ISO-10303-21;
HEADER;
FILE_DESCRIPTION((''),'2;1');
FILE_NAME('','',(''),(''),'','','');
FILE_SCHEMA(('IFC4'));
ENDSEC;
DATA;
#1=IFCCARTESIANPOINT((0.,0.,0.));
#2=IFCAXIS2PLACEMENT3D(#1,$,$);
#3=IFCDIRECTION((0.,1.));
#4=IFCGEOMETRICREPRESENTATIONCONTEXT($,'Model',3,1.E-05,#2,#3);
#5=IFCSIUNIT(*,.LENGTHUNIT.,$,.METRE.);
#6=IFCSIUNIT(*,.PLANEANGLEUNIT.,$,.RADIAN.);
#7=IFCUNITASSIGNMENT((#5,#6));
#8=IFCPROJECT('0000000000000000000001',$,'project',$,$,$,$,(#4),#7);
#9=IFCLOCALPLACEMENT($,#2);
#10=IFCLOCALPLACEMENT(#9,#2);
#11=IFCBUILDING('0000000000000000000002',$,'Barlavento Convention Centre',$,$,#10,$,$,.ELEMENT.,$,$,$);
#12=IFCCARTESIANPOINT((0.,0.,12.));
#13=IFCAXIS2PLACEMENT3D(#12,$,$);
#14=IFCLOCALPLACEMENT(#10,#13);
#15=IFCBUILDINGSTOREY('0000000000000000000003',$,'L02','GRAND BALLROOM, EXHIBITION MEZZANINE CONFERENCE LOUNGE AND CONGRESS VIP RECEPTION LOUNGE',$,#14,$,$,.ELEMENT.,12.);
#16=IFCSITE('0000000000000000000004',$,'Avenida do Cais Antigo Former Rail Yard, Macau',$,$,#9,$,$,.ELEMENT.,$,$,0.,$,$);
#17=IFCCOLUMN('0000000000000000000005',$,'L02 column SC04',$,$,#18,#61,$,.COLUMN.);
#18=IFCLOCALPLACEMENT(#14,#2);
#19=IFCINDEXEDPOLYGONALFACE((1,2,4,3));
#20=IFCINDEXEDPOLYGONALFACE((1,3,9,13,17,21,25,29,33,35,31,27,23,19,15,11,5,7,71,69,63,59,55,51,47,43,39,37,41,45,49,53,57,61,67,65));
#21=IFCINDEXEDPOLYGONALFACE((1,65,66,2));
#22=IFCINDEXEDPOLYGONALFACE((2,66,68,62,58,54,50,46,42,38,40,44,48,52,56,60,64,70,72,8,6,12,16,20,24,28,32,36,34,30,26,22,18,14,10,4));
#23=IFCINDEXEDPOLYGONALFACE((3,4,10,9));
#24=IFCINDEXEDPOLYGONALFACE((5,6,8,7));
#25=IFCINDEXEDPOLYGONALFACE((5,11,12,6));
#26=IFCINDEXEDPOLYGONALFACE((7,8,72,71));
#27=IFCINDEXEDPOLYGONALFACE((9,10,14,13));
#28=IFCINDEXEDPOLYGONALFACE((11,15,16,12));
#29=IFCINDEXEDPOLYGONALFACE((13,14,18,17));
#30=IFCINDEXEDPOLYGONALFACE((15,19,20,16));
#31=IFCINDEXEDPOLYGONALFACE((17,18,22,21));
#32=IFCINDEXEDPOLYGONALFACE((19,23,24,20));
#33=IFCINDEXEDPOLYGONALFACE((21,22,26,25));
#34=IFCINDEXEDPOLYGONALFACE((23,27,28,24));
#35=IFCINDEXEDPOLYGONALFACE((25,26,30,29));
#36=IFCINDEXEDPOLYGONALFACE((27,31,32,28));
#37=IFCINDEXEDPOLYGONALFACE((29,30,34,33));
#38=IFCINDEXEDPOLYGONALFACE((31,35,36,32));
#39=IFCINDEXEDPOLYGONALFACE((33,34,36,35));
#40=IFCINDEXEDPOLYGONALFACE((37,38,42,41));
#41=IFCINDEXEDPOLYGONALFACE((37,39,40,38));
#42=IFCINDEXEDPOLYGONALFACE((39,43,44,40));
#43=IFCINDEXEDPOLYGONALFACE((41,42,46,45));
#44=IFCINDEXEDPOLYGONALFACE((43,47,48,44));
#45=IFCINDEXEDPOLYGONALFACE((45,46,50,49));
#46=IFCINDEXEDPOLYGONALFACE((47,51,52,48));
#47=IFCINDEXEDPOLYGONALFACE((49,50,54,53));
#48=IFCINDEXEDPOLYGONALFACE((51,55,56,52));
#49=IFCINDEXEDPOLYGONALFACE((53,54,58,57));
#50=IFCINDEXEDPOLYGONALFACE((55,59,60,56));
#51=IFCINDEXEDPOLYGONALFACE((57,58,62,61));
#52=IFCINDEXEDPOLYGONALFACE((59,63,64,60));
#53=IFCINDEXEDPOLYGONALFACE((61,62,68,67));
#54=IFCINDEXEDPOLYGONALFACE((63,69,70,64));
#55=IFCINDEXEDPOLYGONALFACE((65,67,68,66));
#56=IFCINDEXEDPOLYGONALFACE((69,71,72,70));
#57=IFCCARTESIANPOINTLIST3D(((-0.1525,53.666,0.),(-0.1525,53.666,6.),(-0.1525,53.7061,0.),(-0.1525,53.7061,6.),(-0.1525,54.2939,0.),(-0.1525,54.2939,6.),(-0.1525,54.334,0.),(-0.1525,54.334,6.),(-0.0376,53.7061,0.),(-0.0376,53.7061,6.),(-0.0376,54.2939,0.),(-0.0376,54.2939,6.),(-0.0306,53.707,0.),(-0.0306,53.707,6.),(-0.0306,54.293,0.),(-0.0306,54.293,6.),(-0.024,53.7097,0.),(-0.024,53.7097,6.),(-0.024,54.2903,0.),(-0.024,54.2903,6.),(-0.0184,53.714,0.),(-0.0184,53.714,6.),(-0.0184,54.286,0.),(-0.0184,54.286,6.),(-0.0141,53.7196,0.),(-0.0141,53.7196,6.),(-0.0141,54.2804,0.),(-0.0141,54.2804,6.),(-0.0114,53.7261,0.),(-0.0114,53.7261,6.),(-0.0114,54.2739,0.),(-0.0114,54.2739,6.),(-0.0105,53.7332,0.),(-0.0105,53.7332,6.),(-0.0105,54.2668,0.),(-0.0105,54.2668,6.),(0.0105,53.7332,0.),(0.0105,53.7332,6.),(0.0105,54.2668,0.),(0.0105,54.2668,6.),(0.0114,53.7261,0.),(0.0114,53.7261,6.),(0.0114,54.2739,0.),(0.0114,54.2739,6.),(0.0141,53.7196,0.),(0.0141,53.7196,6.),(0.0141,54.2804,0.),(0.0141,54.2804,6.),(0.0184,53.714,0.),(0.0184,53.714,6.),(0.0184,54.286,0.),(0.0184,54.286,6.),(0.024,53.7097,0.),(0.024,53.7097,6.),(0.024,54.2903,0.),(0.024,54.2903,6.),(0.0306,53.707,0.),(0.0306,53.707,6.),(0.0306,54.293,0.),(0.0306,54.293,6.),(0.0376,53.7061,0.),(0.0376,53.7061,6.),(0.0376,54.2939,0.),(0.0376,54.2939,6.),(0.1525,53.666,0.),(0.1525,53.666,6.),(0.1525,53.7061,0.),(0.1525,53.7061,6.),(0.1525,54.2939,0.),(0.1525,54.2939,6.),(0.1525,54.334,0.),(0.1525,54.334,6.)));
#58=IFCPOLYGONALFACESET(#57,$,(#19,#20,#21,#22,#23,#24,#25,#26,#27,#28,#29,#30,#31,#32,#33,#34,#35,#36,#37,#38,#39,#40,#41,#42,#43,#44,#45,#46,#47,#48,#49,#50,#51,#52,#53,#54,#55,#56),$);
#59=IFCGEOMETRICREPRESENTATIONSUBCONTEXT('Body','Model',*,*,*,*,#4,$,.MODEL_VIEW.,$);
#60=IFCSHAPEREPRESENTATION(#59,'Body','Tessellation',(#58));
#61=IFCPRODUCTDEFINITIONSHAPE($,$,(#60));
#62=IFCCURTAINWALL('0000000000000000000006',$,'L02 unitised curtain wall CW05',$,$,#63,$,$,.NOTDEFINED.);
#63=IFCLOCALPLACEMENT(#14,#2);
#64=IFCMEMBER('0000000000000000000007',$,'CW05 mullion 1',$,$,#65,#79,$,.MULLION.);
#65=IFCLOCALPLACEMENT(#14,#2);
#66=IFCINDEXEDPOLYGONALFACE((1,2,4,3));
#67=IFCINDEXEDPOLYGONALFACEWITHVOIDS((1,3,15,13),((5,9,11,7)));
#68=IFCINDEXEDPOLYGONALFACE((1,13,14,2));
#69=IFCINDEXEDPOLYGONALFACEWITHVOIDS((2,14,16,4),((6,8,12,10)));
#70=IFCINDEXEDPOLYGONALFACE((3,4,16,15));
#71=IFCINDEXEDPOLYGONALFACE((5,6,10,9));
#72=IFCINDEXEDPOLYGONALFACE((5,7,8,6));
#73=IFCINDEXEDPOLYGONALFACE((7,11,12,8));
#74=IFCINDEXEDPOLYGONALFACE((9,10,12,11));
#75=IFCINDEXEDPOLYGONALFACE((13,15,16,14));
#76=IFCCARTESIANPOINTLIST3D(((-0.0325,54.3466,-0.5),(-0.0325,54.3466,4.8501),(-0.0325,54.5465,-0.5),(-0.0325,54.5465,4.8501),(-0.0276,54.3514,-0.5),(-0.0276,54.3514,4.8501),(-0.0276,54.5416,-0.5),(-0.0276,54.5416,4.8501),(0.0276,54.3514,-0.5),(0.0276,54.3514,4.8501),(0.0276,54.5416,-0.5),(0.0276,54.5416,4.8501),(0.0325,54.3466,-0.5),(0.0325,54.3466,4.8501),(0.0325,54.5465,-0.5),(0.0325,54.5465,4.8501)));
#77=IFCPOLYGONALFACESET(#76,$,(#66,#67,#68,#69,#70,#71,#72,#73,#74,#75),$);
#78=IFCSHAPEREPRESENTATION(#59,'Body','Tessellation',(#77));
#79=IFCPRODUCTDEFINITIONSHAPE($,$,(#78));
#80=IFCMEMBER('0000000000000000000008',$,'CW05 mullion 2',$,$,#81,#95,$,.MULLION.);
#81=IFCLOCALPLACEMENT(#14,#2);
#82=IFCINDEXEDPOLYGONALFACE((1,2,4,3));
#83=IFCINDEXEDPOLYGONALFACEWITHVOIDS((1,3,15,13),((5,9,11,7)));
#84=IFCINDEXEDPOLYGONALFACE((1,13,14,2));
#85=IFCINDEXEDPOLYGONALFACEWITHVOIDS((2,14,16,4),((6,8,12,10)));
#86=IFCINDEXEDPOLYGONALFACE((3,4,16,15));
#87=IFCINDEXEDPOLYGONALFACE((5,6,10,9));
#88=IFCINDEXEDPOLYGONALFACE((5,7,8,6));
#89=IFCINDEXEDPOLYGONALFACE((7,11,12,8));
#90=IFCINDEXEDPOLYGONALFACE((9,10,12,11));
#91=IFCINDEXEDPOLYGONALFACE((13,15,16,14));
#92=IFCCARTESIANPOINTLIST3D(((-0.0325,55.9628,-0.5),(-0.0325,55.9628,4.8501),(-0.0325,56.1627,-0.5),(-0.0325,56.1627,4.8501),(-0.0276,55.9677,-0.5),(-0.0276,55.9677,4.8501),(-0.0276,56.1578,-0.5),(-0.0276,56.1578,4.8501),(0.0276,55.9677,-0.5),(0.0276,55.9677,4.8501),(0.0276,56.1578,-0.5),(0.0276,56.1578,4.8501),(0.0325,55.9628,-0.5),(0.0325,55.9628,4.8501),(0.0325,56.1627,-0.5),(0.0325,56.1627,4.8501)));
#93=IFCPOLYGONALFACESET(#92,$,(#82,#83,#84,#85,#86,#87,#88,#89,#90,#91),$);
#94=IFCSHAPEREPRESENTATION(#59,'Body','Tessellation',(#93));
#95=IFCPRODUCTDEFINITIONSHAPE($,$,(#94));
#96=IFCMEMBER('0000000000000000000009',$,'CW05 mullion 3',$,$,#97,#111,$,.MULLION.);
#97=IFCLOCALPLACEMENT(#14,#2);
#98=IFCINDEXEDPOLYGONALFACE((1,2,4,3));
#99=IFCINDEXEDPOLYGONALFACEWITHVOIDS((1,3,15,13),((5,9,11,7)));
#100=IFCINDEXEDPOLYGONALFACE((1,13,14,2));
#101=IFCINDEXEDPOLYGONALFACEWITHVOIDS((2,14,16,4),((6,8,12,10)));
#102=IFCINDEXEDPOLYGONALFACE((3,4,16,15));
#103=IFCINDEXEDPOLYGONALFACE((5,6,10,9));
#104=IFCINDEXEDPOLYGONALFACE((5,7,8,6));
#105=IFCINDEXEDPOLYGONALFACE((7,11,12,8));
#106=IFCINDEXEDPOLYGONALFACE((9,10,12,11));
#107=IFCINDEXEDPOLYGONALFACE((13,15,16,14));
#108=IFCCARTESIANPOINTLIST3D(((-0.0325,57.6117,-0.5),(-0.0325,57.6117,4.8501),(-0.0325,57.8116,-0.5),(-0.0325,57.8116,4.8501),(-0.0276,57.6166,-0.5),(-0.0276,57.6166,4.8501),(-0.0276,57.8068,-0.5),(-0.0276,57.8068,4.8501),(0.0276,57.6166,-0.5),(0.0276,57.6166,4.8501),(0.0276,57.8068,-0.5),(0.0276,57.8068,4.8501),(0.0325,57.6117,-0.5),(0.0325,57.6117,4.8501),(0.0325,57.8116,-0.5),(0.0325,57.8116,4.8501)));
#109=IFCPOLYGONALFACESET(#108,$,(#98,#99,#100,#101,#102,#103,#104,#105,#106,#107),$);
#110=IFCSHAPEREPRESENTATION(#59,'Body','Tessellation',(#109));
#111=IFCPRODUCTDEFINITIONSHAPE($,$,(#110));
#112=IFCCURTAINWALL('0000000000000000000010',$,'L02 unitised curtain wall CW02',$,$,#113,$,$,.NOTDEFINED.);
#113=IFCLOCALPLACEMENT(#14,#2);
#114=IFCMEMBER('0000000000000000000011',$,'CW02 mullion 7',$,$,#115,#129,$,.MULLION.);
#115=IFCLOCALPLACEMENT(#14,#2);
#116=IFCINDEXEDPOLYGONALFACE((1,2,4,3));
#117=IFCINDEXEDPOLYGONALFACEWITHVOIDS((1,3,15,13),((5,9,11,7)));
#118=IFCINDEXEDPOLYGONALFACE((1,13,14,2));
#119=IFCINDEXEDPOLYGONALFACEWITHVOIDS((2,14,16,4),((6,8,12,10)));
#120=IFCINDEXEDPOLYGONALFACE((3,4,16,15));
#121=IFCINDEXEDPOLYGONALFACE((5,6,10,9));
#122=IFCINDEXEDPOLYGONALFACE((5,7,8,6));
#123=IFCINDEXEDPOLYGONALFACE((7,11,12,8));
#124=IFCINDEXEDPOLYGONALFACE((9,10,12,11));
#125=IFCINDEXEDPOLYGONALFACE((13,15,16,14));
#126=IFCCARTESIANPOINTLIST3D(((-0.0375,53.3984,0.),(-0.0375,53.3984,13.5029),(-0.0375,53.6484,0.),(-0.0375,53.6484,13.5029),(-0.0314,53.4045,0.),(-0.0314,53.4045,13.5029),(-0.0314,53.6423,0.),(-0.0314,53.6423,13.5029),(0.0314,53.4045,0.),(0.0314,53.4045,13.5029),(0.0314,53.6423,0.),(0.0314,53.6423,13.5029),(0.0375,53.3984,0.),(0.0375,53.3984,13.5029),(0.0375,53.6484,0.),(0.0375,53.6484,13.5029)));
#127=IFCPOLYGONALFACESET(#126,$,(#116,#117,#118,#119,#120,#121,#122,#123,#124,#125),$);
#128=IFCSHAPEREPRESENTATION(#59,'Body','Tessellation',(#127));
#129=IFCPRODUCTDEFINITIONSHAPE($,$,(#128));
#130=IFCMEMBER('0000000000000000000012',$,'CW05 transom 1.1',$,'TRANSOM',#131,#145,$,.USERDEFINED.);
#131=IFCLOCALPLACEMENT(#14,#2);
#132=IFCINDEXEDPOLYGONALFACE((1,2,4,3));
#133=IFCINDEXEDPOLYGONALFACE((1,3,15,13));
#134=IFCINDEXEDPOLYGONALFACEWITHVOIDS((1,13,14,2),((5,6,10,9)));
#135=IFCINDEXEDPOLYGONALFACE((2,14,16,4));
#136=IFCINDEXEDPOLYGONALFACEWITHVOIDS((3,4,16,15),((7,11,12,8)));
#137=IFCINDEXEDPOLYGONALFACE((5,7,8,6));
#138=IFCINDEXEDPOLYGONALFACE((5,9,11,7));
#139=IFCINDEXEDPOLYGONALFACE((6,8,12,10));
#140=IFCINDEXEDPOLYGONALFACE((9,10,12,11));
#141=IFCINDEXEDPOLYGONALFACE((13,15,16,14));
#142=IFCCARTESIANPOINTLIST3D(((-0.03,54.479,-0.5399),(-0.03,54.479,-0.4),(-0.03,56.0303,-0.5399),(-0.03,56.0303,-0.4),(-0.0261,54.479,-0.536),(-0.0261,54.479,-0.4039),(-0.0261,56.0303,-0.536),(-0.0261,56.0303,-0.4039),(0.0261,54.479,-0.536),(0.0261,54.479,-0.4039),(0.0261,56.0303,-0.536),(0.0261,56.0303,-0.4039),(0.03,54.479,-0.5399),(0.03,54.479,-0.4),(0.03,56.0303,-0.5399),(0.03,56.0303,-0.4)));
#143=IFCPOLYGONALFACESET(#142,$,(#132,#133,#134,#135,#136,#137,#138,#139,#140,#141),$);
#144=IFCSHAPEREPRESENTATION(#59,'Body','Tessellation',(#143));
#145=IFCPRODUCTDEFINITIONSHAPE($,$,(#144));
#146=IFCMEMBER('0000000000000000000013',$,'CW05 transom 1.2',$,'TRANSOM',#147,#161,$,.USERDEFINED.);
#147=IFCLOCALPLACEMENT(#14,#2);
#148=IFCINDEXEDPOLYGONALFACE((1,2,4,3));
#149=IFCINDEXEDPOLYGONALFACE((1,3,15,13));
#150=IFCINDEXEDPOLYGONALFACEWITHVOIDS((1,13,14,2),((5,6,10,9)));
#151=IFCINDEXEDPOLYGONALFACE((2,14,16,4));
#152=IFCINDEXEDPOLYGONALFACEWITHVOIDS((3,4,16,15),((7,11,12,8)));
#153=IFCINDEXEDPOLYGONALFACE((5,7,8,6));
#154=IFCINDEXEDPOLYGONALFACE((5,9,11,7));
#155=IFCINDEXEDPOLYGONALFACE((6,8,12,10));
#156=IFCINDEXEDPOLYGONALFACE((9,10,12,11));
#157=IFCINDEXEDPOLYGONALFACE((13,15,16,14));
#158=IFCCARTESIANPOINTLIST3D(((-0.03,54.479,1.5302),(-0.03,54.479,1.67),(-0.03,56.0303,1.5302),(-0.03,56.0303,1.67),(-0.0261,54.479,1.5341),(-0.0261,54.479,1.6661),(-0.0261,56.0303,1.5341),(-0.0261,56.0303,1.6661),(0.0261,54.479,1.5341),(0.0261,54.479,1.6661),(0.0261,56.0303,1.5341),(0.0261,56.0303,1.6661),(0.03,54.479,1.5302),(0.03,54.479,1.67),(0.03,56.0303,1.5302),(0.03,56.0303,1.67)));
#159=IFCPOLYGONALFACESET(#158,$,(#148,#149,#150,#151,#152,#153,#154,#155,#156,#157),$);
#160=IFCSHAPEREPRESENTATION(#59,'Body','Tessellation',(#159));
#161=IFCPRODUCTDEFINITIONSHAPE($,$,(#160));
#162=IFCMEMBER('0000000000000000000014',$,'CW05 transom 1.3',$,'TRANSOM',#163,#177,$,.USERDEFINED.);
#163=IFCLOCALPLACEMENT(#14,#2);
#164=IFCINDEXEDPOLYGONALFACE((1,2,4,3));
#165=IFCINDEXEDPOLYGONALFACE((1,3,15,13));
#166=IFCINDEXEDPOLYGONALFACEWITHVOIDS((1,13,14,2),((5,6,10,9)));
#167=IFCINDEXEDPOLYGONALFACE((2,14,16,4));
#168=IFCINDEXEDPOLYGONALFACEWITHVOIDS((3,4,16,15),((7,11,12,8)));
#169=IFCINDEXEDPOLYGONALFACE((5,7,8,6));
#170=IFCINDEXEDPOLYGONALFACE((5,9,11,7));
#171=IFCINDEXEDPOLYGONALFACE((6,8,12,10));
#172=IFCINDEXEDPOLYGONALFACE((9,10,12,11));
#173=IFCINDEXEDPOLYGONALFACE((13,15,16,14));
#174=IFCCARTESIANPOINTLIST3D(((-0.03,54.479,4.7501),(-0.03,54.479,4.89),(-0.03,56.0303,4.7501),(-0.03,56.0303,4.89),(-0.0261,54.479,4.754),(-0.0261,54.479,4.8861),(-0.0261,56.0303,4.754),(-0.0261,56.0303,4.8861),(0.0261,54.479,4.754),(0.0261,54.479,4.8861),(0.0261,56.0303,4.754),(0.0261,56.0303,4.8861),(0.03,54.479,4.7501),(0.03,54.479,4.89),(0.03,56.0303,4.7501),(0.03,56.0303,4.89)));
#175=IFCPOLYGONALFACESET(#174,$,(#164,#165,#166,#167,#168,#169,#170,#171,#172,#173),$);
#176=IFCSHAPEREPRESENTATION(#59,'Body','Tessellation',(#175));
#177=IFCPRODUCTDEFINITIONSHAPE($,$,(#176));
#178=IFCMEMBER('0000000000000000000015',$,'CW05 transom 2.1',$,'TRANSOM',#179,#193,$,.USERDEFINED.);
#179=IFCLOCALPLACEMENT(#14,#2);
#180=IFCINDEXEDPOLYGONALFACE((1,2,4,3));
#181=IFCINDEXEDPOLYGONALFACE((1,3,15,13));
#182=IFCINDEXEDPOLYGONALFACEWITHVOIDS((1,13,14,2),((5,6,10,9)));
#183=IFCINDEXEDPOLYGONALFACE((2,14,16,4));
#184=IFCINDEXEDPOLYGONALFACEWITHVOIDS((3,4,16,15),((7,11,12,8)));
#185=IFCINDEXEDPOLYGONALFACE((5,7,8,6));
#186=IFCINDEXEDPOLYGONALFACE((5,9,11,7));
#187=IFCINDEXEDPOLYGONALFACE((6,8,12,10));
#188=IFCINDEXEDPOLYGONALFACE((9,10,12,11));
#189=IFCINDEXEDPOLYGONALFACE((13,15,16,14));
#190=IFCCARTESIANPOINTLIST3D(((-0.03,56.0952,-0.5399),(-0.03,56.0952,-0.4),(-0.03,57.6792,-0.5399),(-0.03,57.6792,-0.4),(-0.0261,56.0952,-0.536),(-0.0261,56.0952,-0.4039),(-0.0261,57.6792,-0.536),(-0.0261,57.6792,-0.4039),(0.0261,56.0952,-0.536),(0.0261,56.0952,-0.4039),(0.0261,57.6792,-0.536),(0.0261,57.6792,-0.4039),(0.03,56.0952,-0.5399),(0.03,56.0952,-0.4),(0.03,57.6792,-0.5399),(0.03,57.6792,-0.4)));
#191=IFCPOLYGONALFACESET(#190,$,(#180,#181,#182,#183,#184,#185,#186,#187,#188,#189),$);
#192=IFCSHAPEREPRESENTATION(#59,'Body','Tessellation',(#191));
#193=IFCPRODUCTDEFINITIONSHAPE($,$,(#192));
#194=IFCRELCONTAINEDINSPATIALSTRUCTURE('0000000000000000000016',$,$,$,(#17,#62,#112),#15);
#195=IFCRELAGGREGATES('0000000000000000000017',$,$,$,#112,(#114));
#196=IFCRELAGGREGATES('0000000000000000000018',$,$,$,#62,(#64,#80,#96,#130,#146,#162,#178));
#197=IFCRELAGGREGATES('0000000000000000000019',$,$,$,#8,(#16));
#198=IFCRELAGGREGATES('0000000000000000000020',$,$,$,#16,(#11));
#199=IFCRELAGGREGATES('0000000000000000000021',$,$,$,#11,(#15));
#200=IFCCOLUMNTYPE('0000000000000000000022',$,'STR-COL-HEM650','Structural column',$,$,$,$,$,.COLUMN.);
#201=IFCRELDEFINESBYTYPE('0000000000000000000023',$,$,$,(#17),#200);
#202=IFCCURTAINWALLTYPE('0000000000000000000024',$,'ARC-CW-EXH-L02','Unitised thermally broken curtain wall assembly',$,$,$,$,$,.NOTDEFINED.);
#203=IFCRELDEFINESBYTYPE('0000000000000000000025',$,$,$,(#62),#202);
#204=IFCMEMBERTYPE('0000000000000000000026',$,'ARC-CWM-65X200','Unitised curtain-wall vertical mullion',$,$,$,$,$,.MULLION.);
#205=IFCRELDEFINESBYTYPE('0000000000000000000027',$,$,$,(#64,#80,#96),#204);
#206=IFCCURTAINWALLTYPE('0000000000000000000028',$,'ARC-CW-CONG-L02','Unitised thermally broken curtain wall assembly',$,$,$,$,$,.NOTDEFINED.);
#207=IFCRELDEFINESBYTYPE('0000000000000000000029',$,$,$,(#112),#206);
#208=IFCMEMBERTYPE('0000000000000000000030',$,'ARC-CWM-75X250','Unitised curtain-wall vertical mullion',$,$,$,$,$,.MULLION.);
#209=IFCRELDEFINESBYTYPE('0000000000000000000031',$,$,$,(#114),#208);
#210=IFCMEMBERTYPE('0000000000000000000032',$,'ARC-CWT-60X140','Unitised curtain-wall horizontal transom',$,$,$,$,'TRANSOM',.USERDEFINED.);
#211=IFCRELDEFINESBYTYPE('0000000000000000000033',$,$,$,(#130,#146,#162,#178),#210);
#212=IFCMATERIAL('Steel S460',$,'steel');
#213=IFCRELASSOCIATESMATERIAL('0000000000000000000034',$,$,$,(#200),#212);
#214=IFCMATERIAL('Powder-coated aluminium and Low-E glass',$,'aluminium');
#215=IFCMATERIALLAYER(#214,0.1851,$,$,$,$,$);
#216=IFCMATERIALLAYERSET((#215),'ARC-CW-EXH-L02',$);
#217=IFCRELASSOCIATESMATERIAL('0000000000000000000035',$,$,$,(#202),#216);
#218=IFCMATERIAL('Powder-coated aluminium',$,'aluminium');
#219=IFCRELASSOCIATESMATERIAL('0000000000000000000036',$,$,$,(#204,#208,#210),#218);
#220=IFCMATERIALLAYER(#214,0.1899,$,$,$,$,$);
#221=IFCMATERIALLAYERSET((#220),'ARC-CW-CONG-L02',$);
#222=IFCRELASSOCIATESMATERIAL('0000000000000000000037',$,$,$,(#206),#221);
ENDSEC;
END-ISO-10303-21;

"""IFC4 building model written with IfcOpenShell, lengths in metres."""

from ifc_helpers import new_model, si_unit, direction, frame, origin, origin_2d, place, context, subcontext, project, spatial, hollow_rectangle, i_section, extrude, material, layer, layer_set, material_profile, profile_set, type_object, element, aggregate, save


model = new_model("IFC4")

# Units and contexts
model_context = context("Model", 3, precision=1e-05, world=origin(), true_north=direction((0.0, 1.0)))
body_context = subcontext(model_context, "Body", "Model", "MODEL_VIEW")
ifc_project = project(units=[si_unit("LENGTHUNIT", "METRE"), si_unit("PLANEANGLEUNIT", "RADIAN")], contexts=[model_context])

# Site, building, storey
site_placement = place(None, origin())
site = spatial("IfcSite", under=ifc_project, at=site_placement, Name="Avenida do Cais Antigo Former Rail Yard, Macau", CompositionType="ELEMENT", RefElevation=0.0)
building_placement = place(site_placement, origin())
building = spatial("IfcBuilding", under=site, at=building_placement, Name="Barlavento Convention Centre", CompositionType="ELEMENT")
storey_placement = place(building_placement, frame((0.0, 0.0, 12.0)))
storey = spatial("IfcBuildingStorey", under=building, at=storey_placement, Name="L02", Description="GRAND BALLROOM, EXHIBITION MEZZANINE CONFERENCE LOUNGE AND CONGRESS VIP RECEPTION LOUNGE", CompositionType="ELEMENT", Elevation=12.0)

# Column
ifc_material_1 = material(Name="Steel S460", Category="steel")
ifc_material_profile_1 = material_profile(ifc_material_1, i_section(OverallWidth=0.3049, OverallDepth=0.668, WebThickness=0.021, FlangeThickness=0.04, FilletRadius=0.0271, at=origin_2d()), Name="HEM 650")
ifc_profile_set_1 = profile_set([ifc_material_profile_1], Name="Steel S460")
column_type = type_object("IfcColumnType", Name="STR-COL-HEM650", Description="Structural column", PredefinedType="COLUMN", material=ifc_profile_set_1)
column_placement = place(storey_placement, frame((0.0, 54.0, 0.0), z_axis=(0.0, 0.0, 1.0), x_axis=(1.0, 0.0, 0.0)))
element("IfcColumn", 1, at=column_placement, inside=storey, type_object=column_type, Name="L02 column SC04", PredefinedType="COLUMN", context=body_context, shape_type="SweptSolid", body=[
    extrude(i_section(OverallWidth=0.3049, OverallDepth=0.668, WebThickness=0.021, FlangeThickness=0.04, FilletRadius=0.0271, at=origin_2d()), origin(), (0.0, 0.0, 1.0), 6.0),
])

# Curtain wall, members
ifc_material_2 = material(Name="Powder-coated aluminium and Low-E glass", Category="aluminium")
ifc_layer_1 = layer(ifc_material_2, 0.1851)
ifc_layer_set_1 = layer_set([ifc_layer_1], Name="ARC-CW-EXH-L02")
curtain_wall_type_1 = type_object("IfcCurtainWallType", Name="ARC-CW-EXH-L02", Description="Unitised thermally broken curtain wall assembly", PredefinedType="NOTDEFINED", material=ifc_layer_set_1)
curtain_wall_1_placement = place(storey_placement, origin())
curtain_wall_1 = element("IfcCurtainWall", 2, at=curtain_wall_1_placement, inside=storey, type_object=curtain_wall_type_1, Name="L02 unitised curtain wall CW05", PredefinedType="NOTDEFINED")
ifc_material_3 = material(Name="Powder-coated aluminium", Category="aluminium")
ifc_material_profile_2 = material_profile(ifc_material_3, hollow_rectangle(XDim=0.0649, YDim=0.2, WallThickness=0.0049, at=origin_2d()), Name="AL-MULL 65x200x5")
ifc_profile_set_2 = profile_set([ifc_material_profile_2], Name="Powder-coated aluminium")
member_type_1 = type_object("IfcMemberType", Name="ARC-CWM-65X200", Description="Unitised curtain-wall vertical mullion", PredefinedType="MULLION", material=ifc_profile_set_2)
member_1_placement = place(storey_placement, frame((0.0, 54.4465, -0.5), z_axis=(0.0, 0.0, 1.0), x_axis=(-1.0, 0.0, 0.0)))
member_1 = element("IfcMember", 3, at=member_1_placement, type_object=member_type_1, Name="CW05 mullion 1", PredefinedType="MULLION", context=body_context, shape_type="SweptSolid", body=[
    extrude(hollow_rectangle(XDim=0.0649, YDim=0.2, WallThickness=0.0049, at=origin_2d()), origin(), (0.0, 0.0, 1.0), 5.3501),
])
member_2_placement = place(storey_placement, frame((0.0, 56.0627, -0.5), z_axis=(0.0, 0.0, 1.0), x_axis=(-1.0, 0.0, 0.0)))
member_2 = element("IfcMember", 4, at=member_2_placement, type_object=member_type_1, Name="CW05 mullion 2", PredefinedType="MULLION", context=body_context, shape_type="SweptSolid", body=[
    extrude(hollow_rectangle(XDim=0.0649, YDim=0.2, WallThickness=0.0049, at=origin_2d()), origin(), (0.0, 0.0, 1.0), 5.3501),
])
member_3_placement = place(storey_placement, frame((0.0, 57.7117, -0.5), z_axis=(0.0, 0.0, 1.0), x_axis=(-1.0, 0.0, 0.0)))
member_3 = element("IfcMember", 5, at=member_3_placement, type_object=member_type_1, Name="CW05 mullion 3", PredefinedType="MULLION", context=body_context, shape_type="SweptSolid", body=[
    extrude(hollow_rectangle(XDim=0.0649, YDim=0.2, WallThickness=0.0049, at=origin_2d()), origin(), (0.0, 0.0, 1.0), 5.3501),
])

# Curtain wall, member
ifc_layer_2 = layer(ifc_material_2, 0.1899)
ifc_layer_set_2 = layer_set([ifc_layer_2], Name="ARC-CW-CONG-L02")
curtain_wall_type_2 = type_object("IfcCurtainWallType", Name="ARC-CW-CONG-L02", Description="Unitised thermally broken curtain wall assembly", PredefinedType="NOTDEFINED", material=ifc_layer_set_2)
curtain_wall_2_placement = place(storey_placement, origin())
curtain_wall_2 = element("IfcCurtainWall", 6, at=curtain_wall_2_placement, inside=storey, type_object=curtain_wall_type_2, Name="L02 unitised curtain wall CW02", PredefinedType="NOTDEFINED")
ifc_material_profile_3 = material_profile(ifc_material_3, hollow_rectangle(XDim=0.075, YDim=0.25, WallThickness=0.0061, at=origin_2d()), Name="AL-MULL 75x250x6")
ifc_profile_set_3 = profile_set([ifc_material_profile_3], Name="Powder-coated aluminium")
member_type_2 = type_object("IfcMemberType", Name="ARC-CWM-75X250", Description="Unitised curtain-wall vertical mullion", PredefinedType="MULLION", material=ifc_profile_set_3)
member_4_placement = place(storey_placement, frame((0.0, 53.5234, 0.0), z_axis=(0.0, 0.0, 1.0), x_axis=(-1.0, 0.0, 0.0)))
member_4 = element("IfcMember", 7, at=member_4_placement, type_object=member_type_2, Name="CW02 mullion 7", PredefinedType="MULLION", context=body_context, shape_type="SweptSolid", body=[
    extrude(hollow_rectangle(XDim=0.075, YDim=0.25, WallThickness=0.0061, at=origin_2d()), origin(), (0.0, 0.0, 1.0), 13.5029),
])

# Members
ifc_material_profile_4 = material_profile(ifc_material_3, hollow_rectangle(XDim=0.0601, YDim=0.1399, WallThickness=0.0039, at=origin_2d()), Name="AL-TRAN 60x140x4")
ifc_profile_set_4 = profile_set([ifc_material_profile_4], Name="Powder-coated aluminium")
member_type_3 = type_object("IfcMemberType", Name="ARC-CWT-60X140", Description="Unitised curtain-wall horizontal transom", ElementType="TRANSOM", PredefinedType="USERDEFINED", material=ifc_profile_set_4)
member_5_placement = place(storey_placement, frame((0.0, 54.479, -0.47), z_axis=(0.0, 1.0, 0.0), x_axis=(-1.0, 0.0, 0.0)))
member_5 = element("IfcMember", 8, at=member_5_placement, type_object=member_type_3, Name="CW05 transom 1.1", ObjectType="TRANSOM", PredefinedType="USERDEFINED", context=body_context, shape_type="SweptSolid", body=[
    extrude(hollow_rectangle(XDim=0.0601, YDim=0.1399, WallThickness=0.0039, at=origin_2d()), origin(), (0.0, 0.0, 1.0), 1.5513),
])
member_6_placement = place(storey_placement, frame((0.0, 54.479, 1.6001), z_axis=(0.0, 1.0, 0.0), x_axis=(-1.0, 0.0, 0.0)))
member_6 = element("IfcMember", 9, at=member_6_placement, type_object=member_type_3, Name="CW05 transom 1.2", ObjectType="TRANSOM", PredefinedType="USERDEFINED", context=body_context, shape_type="SweptSolid", body=[
    extrude(hollow_rectangle(XDim=0.0601, YDim=0.1399, WallThickness=0.0039, at=origin_2d()), origin(), (0.0, 0.0, 1.0), 1.5513),
])
member_7_placement = place(storey_placement, frame((0.0, 54.479, 4.8201), z_axis=(0.0, 1.0, 0.0), x_axis=(-1.0, 0.0, 0.0)))
member_7 = element("IfcMember", 10, at=member_7_placement, type_object=member_type_3, Name="CW05 transom 1.3", ObjectType="TRANSOM", PredefinedType="USERDEFINED", context=body_context, shape_type="SweptSolid", body=[
    extrude(hollow_rectangle(XDim=0.0601, YDim=0.1399, WallThickness=0.0039, at=origin_2d()), origin(), (0.0, 0.0, 1.0), 1.5513),
])
member_8_placement = place(storey_placement, frame((0.0, 56.0952, -0.47), z_axis=(0.0, 1.0, 0.0), x_axis=(-1.0, 0.0, 0.0)))
member_8 = element("IfcMember", 11, at=member_8_placement, type_object=member_type_3, Name="CW05 transom 2.1", ObjectType="TRANSOM", PredefinedType="USERDEFINED", context=body_context, shape_type="SweptSolid", body=[
    extrude(hollow_rectangle(XDim=0.0601, YDim=0.1399, WallThickness=0.0039, at=origin_2d()), origin(), (0.0, 0.0, 1.0), 1.584),
])

aggregate(curtain_wall_2, [member_4])
aggregate(curtain_wall_1, [member_1, member_2, member_3, member_5, member_6, member_7, member_8])

save(model, "model.ifc")
